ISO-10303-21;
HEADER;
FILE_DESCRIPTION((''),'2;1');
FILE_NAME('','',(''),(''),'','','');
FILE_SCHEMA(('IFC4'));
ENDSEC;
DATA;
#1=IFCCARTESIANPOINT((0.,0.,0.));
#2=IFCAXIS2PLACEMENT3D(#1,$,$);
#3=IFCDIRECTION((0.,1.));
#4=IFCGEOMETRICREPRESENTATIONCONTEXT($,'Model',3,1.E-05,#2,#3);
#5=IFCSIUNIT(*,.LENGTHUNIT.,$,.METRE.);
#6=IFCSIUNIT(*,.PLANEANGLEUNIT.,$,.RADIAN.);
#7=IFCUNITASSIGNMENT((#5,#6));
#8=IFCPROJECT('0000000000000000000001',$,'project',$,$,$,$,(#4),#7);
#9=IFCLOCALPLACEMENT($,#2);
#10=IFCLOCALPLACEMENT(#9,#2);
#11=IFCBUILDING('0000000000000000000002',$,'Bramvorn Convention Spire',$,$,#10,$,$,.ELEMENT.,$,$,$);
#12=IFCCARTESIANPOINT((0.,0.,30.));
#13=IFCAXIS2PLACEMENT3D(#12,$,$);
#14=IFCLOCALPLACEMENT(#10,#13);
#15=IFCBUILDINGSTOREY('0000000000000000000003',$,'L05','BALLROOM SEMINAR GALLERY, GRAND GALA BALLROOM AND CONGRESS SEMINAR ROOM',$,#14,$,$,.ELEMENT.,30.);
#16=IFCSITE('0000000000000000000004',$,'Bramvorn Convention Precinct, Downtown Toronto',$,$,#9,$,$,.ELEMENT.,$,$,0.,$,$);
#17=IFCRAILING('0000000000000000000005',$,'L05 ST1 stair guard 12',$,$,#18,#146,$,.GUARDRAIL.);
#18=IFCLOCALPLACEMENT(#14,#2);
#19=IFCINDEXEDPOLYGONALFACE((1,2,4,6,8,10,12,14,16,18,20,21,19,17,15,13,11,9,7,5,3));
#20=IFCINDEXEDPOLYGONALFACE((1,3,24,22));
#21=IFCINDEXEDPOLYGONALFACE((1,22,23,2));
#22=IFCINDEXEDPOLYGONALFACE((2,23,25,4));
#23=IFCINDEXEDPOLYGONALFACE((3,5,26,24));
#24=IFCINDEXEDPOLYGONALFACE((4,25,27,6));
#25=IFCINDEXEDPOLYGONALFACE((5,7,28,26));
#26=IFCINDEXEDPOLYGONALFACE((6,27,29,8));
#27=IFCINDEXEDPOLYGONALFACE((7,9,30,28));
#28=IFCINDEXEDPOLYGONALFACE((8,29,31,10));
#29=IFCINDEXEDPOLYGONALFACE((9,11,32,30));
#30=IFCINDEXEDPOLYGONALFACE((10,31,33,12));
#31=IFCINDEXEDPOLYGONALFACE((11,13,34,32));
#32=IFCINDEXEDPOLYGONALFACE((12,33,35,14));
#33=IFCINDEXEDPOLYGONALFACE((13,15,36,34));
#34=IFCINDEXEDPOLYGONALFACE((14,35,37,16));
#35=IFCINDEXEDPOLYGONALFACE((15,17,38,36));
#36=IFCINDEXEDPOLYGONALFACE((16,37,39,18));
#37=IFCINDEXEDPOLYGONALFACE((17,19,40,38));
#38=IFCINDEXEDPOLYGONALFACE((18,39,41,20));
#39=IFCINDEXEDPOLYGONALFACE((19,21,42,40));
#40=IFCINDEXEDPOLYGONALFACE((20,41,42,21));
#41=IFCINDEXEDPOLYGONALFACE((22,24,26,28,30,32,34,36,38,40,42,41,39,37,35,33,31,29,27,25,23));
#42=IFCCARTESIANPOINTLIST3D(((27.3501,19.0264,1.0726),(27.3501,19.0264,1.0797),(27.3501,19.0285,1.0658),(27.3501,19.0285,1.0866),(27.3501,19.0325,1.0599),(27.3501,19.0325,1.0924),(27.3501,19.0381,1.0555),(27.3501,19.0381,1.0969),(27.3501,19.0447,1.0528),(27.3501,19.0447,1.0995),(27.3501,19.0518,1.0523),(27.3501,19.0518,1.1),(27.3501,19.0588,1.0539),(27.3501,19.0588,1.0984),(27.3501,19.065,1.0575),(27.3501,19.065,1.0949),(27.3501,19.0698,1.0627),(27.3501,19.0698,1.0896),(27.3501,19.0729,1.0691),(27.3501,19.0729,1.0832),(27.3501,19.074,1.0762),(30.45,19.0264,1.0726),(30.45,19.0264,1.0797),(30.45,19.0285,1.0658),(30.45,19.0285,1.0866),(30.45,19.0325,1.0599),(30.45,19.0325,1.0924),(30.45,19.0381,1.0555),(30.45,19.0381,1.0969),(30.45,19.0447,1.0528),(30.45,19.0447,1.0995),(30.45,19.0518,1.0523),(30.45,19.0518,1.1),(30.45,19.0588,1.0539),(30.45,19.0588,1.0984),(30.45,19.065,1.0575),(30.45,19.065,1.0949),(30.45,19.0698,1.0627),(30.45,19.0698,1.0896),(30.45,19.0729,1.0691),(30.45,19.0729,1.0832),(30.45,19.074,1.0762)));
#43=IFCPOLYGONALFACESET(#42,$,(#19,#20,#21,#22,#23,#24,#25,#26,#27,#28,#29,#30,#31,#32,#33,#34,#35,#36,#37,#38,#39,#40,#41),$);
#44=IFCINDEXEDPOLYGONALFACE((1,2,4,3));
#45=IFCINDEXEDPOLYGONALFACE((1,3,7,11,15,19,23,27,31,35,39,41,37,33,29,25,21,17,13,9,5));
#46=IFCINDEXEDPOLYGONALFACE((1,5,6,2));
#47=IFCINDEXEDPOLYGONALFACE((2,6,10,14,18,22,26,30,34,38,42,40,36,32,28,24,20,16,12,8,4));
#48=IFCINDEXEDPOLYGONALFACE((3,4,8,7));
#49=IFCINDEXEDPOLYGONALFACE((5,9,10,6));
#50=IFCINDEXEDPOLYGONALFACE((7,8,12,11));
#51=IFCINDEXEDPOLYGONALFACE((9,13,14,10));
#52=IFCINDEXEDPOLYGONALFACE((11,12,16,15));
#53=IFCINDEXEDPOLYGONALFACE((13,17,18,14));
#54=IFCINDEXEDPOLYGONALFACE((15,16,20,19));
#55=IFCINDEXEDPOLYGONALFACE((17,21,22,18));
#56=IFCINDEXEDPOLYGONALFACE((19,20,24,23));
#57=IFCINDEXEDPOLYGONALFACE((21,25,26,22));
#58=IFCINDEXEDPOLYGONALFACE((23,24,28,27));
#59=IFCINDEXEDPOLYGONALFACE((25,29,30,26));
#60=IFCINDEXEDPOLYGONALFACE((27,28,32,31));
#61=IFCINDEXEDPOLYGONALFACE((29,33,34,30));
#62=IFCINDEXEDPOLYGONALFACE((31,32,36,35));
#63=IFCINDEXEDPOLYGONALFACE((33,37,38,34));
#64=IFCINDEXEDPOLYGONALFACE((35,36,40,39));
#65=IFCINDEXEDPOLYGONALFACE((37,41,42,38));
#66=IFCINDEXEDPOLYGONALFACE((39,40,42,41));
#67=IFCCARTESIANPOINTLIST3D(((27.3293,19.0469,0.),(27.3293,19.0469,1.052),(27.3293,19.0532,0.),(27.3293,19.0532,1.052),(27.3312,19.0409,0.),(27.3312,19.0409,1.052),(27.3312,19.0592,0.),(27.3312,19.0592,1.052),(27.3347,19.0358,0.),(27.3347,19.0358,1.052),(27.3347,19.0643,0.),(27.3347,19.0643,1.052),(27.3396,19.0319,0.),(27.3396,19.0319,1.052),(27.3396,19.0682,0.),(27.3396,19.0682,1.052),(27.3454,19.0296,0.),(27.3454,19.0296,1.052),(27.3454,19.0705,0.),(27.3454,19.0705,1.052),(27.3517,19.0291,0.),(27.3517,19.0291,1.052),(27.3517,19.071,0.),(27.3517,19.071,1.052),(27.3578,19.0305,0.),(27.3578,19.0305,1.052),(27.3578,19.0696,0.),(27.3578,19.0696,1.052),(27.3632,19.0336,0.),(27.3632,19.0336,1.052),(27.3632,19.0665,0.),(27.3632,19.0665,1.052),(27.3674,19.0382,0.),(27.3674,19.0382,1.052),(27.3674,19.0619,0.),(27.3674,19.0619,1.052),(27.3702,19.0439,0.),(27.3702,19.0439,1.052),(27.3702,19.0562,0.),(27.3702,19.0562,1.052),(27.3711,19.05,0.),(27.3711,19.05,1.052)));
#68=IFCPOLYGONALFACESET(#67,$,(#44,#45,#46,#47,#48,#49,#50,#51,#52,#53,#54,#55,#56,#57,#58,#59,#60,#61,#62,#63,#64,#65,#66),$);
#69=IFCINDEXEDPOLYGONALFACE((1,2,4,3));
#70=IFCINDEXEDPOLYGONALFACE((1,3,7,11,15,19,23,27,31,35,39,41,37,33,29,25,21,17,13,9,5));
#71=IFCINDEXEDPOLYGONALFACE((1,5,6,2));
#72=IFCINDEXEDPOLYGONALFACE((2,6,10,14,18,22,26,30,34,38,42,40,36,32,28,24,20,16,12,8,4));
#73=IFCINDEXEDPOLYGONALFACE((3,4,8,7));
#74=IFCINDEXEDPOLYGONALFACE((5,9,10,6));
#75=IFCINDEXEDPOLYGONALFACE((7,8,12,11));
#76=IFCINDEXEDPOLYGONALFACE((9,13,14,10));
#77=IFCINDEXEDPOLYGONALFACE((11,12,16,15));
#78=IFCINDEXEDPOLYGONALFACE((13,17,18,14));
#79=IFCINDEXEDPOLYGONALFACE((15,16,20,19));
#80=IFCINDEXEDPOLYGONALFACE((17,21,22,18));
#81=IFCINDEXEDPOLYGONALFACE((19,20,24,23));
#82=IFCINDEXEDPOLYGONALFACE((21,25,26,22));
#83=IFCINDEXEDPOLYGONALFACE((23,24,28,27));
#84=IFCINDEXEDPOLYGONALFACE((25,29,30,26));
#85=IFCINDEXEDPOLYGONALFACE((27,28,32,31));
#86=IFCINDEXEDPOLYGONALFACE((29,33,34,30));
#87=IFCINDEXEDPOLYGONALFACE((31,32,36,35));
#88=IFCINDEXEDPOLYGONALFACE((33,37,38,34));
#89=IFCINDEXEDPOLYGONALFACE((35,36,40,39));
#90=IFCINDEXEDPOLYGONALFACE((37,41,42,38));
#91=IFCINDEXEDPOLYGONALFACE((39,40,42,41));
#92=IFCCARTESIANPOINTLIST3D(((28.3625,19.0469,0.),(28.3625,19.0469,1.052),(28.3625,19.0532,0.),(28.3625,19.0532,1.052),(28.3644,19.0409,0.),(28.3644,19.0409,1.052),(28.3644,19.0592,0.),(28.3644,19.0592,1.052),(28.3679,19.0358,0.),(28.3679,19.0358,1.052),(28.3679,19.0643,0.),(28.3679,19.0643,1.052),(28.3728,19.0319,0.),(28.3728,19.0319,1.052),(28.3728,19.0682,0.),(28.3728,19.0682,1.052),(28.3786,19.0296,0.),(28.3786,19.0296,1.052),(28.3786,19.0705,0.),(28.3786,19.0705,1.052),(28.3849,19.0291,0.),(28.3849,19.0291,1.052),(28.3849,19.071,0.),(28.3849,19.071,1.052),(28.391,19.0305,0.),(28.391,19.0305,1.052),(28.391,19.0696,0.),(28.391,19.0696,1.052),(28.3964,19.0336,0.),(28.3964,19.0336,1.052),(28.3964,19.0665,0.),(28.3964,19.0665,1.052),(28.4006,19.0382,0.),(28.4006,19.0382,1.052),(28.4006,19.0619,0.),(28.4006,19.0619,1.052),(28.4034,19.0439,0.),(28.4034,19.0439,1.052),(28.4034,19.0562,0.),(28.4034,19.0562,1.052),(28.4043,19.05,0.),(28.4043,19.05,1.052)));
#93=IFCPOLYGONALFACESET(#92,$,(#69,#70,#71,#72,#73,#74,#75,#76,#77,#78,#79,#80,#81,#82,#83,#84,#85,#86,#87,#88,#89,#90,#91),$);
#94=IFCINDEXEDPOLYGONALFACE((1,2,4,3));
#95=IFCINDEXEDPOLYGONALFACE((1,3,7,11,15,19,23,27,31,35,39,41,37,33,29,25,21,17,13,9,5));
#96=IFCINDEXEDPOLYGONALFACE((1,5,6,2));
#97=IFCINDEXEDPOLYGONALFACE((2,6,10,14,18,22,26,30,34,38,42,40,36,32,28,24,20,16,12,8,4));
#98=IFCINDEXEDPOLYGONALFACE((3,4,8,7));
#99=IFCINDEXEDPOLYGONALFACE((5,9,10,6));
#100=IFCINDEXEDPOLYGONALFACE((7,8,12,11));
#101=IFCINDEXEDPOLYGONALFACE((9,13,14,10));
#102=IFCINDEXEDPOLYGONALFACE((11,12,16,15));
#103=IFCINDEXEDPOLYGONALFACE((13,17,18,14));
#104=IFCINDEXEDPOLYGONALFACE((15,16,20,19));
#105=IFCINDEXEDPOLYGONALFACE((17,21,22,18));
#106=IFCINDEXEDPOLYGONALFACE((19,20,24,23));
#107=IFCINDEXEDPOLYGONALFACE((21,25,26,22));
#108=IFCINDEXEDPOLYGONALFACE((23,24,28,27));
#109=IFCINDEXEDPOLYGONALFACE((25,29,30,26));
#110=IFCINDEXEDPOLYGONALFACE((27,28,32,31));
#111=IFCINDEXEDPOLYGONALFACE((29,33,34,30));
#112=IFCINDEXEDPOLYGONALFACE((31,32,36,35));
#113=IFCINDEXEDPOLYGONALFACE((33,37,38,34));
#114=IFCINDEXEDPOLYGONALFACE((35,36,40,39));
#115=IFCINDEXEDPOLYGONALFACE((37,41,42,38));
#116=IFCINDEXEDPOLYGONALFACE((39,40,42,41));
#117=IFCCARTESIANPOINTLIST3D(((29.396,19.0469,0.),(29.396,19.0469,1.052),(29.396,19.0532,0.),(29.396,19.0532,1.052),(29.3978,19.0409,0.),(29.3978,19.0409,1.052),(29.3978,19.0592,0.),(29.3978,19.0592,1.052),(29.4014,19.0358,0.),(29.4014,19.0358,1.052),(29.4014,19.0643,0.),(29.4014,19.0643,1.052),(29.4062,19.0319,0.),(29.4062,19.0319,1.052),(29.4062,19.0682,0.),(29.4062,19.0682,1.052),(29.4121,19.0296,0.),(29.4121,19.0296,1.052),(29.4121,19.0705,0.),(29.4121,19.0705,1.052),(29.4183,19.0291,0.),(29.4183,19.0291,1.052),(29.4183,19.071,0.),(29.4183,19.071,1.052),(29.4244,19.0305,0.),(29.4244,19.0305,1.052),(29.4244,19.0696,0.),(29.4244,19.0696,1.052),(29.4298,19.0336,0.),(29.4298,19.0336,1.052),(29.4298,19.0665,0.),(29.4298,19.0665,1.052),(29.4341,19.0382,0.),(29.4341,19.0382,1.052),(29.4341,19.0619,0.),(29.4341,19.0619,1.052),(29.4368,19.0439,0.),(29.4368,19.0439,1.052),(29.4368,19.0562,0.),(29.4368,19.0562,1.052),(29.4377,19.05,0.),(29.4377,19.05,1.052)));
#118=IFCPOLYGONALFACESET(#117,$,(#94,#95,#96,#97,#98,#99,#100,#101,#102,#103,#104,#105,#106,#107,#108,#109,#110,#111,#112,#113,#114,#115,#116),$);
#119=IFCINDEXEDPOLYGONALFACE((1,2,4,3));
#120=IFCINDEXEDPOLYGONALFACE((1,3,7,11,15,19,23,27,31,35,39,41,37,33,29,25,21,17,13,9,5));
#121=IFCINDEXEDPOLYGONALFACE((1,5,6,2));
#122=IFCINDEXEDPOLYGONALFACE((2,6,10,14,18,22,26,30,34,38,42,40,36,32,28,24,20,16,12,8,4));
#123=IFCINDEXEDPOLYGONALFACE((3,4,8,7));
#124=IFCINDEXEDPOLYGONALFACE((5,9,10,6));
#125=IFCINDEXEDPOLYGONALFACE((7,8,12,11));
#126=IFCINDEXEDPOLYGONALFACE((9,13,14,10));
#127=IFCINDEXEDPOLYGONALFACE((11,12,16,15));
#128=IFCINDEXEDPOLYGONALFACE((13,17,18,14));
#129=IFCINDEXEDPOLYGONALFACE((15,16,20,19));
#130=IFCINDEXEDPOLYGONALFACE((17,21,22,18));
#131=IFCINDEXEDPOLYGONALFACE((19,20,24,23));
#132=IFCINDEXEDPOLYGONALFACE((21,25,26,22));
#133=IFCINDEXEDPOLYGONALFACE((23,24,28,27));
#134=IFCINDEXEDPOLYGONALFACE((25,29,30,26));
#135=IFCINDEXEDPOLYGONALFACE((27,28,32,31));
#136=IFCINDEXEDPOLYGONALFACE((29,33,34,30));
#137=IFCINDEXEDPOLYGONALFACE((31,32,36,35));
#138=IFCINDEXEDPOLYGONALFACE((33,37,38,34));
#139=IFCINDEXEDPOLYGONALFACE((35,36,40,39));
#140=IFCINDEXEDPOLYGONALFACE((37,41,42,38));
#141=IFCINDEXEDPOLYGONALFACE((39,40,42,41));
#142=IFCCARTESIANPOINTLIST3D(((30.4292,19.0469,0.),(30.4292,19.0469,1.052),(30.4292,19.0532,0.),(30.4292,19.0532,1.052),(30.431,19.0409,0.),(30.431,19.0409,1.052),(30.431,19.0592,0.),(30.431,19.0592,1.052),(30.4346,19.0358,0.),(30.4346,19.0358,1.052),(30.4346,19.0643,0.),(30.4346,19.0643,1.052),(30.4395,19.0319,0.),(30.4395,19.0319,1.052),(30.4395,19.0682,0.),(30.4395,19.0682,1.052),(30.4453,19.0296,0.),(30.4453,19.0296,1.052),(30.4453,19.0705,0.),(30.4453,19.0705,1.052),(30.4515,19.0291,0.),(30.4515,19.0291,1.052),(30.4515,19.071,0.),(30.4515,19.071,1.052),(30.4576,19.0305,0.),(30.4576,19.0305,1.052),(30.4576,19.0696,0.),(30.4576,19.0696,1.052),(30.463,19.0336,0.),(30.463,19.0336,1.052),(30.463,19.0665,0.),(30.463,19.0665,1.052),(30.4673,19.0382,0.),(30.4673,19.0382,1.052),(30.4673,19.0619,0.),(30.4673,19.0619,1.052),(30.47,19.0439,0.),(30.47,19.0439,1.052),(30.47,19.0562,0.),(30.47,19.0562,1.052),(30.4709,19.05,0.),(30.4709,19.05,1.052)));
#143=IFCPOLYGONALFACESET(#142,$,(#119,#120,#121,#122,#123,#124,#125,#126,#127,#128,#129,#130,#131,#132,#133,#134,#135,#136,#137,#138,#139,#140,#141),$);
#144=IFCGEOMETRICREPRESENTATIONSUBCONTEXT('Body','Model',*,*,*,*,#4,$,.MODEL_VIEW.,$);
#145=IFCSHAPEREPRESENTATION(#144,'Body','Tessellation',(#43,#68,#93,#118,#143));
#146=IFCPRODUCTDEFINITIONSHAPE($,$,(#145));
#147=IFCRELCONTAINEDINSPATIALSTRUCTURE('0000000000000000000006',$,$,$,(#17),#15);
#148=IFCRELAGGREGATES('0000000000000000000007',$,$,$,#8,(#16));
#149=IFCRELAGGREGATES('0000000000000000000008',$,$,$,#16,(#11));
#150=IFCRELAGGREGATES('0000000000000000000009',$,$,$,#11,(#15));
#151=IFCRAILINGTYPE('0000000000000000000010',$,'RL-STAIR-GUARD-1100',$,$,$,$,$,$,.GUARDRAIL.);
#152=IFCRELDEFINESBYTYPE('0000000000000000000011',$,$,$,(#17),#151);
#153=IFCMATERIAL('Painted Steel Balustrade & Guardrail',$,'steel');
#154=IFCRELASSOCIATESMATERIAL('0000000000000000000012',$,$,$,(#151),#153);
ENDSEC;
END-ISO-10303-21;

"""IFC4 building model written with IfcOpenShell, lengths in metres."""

from ifc_helpers import new_model, si_unit, direction, frame, origin, origin_2d, place, context, subcontext, project, spatial, circle, extrude, material, type_object, element, save


model = new_model("IFC4")

# Units and contexts
model_context = context("Model", 3, precision=1e-05, world=origin(), true_north=direction((0.0, 1.0)))
body_context = subcontext(model_context, "Body", "Model", "MODEL_VIEW")
ifc_project = project(units=[si_unit("LENGTHUNIT", "METRE"), si_unit("PLANEANGLEUNIT", "RADIAN")], contexts=[model_context])

# Site, building, storey
site_placement = place(None, origin())
site = spatial("IfcSite", under=ifc_project, at=site_placement, Name="Bramvorn Convention Precinct, Downtown Toronto", CompositionType="ELEMENT", RefElevation=0.0)
building_placement = place(site_placement, origin())
building = spatial("IfcBuilding", under=site, at=building_placement, Name="Bramvorn Convention Spire", CompositionType="ELEMENT")
storey_placement = place(building_placement, frame((0.0, 0.0, 30.0)))
storey = spatial("IfcBuildingStorey", under=building, at=storey_placement, Name="L05", Description="BALLROOM SEMINAR GALLERY, GRAND GALA BALLROOM AND CONGRESS SEMINAR ROOM", CompositionType="ELEMENT", Elevation=30.0)

# Railing
ifc_material_1 = material(Name="Painted Steel Balustrade & Guardrail", Category="steel")
railing_type_1 = type_object("IfcRailingType", Name="RL-STAIR-GUARD-1100", PredefinedType="GUARDRAIL", material=ifc_material_1)
railing_1_placement = place(storey_placement, frame((27.3501, 19.05, 0.0)))
element("IfcRailing", 1, at=railing_1_placement, inside=storey, type_object=railing_type_1, Name="L05 ST1 stair guard 12", PredefinedType="GUARDRAIL", context=body_context, shape_type="SweptSolid", body=[
    extrude(circle(Radius=0.0239, at=origin_2d()), frame((0.0, 0.0, 1.0762), z_axis=(1.0, 0.0, 0.0), x_axis=(0.0, 1.0, 0.0)), (0.0, 0.0, 1.0), 3.0999),
    extrude(circle(Radius=0.021, at=origin_2d()), origin(), (0.0, 0.0, 1.0), 1.052),
    extrude(circle(Radius=0.021, at=origin_2d()), frame((1.0332, 0.0, 0.0)), (0.0, 0.0, 1.0), 1.052),
    extrude(circle(Radius=0.021, at=origin_2d()), frame((2.0667, 0.0, 0.0)), (0.0, 0.0, 1.0), 1.052),
    extrude(circle(Radius=0.021, at=origin_2d()), frame((3.0999, 0.0, 0.0)), (0.0, 0.0, 1.0), 1.052),
])

save(model, "model.ifc")
